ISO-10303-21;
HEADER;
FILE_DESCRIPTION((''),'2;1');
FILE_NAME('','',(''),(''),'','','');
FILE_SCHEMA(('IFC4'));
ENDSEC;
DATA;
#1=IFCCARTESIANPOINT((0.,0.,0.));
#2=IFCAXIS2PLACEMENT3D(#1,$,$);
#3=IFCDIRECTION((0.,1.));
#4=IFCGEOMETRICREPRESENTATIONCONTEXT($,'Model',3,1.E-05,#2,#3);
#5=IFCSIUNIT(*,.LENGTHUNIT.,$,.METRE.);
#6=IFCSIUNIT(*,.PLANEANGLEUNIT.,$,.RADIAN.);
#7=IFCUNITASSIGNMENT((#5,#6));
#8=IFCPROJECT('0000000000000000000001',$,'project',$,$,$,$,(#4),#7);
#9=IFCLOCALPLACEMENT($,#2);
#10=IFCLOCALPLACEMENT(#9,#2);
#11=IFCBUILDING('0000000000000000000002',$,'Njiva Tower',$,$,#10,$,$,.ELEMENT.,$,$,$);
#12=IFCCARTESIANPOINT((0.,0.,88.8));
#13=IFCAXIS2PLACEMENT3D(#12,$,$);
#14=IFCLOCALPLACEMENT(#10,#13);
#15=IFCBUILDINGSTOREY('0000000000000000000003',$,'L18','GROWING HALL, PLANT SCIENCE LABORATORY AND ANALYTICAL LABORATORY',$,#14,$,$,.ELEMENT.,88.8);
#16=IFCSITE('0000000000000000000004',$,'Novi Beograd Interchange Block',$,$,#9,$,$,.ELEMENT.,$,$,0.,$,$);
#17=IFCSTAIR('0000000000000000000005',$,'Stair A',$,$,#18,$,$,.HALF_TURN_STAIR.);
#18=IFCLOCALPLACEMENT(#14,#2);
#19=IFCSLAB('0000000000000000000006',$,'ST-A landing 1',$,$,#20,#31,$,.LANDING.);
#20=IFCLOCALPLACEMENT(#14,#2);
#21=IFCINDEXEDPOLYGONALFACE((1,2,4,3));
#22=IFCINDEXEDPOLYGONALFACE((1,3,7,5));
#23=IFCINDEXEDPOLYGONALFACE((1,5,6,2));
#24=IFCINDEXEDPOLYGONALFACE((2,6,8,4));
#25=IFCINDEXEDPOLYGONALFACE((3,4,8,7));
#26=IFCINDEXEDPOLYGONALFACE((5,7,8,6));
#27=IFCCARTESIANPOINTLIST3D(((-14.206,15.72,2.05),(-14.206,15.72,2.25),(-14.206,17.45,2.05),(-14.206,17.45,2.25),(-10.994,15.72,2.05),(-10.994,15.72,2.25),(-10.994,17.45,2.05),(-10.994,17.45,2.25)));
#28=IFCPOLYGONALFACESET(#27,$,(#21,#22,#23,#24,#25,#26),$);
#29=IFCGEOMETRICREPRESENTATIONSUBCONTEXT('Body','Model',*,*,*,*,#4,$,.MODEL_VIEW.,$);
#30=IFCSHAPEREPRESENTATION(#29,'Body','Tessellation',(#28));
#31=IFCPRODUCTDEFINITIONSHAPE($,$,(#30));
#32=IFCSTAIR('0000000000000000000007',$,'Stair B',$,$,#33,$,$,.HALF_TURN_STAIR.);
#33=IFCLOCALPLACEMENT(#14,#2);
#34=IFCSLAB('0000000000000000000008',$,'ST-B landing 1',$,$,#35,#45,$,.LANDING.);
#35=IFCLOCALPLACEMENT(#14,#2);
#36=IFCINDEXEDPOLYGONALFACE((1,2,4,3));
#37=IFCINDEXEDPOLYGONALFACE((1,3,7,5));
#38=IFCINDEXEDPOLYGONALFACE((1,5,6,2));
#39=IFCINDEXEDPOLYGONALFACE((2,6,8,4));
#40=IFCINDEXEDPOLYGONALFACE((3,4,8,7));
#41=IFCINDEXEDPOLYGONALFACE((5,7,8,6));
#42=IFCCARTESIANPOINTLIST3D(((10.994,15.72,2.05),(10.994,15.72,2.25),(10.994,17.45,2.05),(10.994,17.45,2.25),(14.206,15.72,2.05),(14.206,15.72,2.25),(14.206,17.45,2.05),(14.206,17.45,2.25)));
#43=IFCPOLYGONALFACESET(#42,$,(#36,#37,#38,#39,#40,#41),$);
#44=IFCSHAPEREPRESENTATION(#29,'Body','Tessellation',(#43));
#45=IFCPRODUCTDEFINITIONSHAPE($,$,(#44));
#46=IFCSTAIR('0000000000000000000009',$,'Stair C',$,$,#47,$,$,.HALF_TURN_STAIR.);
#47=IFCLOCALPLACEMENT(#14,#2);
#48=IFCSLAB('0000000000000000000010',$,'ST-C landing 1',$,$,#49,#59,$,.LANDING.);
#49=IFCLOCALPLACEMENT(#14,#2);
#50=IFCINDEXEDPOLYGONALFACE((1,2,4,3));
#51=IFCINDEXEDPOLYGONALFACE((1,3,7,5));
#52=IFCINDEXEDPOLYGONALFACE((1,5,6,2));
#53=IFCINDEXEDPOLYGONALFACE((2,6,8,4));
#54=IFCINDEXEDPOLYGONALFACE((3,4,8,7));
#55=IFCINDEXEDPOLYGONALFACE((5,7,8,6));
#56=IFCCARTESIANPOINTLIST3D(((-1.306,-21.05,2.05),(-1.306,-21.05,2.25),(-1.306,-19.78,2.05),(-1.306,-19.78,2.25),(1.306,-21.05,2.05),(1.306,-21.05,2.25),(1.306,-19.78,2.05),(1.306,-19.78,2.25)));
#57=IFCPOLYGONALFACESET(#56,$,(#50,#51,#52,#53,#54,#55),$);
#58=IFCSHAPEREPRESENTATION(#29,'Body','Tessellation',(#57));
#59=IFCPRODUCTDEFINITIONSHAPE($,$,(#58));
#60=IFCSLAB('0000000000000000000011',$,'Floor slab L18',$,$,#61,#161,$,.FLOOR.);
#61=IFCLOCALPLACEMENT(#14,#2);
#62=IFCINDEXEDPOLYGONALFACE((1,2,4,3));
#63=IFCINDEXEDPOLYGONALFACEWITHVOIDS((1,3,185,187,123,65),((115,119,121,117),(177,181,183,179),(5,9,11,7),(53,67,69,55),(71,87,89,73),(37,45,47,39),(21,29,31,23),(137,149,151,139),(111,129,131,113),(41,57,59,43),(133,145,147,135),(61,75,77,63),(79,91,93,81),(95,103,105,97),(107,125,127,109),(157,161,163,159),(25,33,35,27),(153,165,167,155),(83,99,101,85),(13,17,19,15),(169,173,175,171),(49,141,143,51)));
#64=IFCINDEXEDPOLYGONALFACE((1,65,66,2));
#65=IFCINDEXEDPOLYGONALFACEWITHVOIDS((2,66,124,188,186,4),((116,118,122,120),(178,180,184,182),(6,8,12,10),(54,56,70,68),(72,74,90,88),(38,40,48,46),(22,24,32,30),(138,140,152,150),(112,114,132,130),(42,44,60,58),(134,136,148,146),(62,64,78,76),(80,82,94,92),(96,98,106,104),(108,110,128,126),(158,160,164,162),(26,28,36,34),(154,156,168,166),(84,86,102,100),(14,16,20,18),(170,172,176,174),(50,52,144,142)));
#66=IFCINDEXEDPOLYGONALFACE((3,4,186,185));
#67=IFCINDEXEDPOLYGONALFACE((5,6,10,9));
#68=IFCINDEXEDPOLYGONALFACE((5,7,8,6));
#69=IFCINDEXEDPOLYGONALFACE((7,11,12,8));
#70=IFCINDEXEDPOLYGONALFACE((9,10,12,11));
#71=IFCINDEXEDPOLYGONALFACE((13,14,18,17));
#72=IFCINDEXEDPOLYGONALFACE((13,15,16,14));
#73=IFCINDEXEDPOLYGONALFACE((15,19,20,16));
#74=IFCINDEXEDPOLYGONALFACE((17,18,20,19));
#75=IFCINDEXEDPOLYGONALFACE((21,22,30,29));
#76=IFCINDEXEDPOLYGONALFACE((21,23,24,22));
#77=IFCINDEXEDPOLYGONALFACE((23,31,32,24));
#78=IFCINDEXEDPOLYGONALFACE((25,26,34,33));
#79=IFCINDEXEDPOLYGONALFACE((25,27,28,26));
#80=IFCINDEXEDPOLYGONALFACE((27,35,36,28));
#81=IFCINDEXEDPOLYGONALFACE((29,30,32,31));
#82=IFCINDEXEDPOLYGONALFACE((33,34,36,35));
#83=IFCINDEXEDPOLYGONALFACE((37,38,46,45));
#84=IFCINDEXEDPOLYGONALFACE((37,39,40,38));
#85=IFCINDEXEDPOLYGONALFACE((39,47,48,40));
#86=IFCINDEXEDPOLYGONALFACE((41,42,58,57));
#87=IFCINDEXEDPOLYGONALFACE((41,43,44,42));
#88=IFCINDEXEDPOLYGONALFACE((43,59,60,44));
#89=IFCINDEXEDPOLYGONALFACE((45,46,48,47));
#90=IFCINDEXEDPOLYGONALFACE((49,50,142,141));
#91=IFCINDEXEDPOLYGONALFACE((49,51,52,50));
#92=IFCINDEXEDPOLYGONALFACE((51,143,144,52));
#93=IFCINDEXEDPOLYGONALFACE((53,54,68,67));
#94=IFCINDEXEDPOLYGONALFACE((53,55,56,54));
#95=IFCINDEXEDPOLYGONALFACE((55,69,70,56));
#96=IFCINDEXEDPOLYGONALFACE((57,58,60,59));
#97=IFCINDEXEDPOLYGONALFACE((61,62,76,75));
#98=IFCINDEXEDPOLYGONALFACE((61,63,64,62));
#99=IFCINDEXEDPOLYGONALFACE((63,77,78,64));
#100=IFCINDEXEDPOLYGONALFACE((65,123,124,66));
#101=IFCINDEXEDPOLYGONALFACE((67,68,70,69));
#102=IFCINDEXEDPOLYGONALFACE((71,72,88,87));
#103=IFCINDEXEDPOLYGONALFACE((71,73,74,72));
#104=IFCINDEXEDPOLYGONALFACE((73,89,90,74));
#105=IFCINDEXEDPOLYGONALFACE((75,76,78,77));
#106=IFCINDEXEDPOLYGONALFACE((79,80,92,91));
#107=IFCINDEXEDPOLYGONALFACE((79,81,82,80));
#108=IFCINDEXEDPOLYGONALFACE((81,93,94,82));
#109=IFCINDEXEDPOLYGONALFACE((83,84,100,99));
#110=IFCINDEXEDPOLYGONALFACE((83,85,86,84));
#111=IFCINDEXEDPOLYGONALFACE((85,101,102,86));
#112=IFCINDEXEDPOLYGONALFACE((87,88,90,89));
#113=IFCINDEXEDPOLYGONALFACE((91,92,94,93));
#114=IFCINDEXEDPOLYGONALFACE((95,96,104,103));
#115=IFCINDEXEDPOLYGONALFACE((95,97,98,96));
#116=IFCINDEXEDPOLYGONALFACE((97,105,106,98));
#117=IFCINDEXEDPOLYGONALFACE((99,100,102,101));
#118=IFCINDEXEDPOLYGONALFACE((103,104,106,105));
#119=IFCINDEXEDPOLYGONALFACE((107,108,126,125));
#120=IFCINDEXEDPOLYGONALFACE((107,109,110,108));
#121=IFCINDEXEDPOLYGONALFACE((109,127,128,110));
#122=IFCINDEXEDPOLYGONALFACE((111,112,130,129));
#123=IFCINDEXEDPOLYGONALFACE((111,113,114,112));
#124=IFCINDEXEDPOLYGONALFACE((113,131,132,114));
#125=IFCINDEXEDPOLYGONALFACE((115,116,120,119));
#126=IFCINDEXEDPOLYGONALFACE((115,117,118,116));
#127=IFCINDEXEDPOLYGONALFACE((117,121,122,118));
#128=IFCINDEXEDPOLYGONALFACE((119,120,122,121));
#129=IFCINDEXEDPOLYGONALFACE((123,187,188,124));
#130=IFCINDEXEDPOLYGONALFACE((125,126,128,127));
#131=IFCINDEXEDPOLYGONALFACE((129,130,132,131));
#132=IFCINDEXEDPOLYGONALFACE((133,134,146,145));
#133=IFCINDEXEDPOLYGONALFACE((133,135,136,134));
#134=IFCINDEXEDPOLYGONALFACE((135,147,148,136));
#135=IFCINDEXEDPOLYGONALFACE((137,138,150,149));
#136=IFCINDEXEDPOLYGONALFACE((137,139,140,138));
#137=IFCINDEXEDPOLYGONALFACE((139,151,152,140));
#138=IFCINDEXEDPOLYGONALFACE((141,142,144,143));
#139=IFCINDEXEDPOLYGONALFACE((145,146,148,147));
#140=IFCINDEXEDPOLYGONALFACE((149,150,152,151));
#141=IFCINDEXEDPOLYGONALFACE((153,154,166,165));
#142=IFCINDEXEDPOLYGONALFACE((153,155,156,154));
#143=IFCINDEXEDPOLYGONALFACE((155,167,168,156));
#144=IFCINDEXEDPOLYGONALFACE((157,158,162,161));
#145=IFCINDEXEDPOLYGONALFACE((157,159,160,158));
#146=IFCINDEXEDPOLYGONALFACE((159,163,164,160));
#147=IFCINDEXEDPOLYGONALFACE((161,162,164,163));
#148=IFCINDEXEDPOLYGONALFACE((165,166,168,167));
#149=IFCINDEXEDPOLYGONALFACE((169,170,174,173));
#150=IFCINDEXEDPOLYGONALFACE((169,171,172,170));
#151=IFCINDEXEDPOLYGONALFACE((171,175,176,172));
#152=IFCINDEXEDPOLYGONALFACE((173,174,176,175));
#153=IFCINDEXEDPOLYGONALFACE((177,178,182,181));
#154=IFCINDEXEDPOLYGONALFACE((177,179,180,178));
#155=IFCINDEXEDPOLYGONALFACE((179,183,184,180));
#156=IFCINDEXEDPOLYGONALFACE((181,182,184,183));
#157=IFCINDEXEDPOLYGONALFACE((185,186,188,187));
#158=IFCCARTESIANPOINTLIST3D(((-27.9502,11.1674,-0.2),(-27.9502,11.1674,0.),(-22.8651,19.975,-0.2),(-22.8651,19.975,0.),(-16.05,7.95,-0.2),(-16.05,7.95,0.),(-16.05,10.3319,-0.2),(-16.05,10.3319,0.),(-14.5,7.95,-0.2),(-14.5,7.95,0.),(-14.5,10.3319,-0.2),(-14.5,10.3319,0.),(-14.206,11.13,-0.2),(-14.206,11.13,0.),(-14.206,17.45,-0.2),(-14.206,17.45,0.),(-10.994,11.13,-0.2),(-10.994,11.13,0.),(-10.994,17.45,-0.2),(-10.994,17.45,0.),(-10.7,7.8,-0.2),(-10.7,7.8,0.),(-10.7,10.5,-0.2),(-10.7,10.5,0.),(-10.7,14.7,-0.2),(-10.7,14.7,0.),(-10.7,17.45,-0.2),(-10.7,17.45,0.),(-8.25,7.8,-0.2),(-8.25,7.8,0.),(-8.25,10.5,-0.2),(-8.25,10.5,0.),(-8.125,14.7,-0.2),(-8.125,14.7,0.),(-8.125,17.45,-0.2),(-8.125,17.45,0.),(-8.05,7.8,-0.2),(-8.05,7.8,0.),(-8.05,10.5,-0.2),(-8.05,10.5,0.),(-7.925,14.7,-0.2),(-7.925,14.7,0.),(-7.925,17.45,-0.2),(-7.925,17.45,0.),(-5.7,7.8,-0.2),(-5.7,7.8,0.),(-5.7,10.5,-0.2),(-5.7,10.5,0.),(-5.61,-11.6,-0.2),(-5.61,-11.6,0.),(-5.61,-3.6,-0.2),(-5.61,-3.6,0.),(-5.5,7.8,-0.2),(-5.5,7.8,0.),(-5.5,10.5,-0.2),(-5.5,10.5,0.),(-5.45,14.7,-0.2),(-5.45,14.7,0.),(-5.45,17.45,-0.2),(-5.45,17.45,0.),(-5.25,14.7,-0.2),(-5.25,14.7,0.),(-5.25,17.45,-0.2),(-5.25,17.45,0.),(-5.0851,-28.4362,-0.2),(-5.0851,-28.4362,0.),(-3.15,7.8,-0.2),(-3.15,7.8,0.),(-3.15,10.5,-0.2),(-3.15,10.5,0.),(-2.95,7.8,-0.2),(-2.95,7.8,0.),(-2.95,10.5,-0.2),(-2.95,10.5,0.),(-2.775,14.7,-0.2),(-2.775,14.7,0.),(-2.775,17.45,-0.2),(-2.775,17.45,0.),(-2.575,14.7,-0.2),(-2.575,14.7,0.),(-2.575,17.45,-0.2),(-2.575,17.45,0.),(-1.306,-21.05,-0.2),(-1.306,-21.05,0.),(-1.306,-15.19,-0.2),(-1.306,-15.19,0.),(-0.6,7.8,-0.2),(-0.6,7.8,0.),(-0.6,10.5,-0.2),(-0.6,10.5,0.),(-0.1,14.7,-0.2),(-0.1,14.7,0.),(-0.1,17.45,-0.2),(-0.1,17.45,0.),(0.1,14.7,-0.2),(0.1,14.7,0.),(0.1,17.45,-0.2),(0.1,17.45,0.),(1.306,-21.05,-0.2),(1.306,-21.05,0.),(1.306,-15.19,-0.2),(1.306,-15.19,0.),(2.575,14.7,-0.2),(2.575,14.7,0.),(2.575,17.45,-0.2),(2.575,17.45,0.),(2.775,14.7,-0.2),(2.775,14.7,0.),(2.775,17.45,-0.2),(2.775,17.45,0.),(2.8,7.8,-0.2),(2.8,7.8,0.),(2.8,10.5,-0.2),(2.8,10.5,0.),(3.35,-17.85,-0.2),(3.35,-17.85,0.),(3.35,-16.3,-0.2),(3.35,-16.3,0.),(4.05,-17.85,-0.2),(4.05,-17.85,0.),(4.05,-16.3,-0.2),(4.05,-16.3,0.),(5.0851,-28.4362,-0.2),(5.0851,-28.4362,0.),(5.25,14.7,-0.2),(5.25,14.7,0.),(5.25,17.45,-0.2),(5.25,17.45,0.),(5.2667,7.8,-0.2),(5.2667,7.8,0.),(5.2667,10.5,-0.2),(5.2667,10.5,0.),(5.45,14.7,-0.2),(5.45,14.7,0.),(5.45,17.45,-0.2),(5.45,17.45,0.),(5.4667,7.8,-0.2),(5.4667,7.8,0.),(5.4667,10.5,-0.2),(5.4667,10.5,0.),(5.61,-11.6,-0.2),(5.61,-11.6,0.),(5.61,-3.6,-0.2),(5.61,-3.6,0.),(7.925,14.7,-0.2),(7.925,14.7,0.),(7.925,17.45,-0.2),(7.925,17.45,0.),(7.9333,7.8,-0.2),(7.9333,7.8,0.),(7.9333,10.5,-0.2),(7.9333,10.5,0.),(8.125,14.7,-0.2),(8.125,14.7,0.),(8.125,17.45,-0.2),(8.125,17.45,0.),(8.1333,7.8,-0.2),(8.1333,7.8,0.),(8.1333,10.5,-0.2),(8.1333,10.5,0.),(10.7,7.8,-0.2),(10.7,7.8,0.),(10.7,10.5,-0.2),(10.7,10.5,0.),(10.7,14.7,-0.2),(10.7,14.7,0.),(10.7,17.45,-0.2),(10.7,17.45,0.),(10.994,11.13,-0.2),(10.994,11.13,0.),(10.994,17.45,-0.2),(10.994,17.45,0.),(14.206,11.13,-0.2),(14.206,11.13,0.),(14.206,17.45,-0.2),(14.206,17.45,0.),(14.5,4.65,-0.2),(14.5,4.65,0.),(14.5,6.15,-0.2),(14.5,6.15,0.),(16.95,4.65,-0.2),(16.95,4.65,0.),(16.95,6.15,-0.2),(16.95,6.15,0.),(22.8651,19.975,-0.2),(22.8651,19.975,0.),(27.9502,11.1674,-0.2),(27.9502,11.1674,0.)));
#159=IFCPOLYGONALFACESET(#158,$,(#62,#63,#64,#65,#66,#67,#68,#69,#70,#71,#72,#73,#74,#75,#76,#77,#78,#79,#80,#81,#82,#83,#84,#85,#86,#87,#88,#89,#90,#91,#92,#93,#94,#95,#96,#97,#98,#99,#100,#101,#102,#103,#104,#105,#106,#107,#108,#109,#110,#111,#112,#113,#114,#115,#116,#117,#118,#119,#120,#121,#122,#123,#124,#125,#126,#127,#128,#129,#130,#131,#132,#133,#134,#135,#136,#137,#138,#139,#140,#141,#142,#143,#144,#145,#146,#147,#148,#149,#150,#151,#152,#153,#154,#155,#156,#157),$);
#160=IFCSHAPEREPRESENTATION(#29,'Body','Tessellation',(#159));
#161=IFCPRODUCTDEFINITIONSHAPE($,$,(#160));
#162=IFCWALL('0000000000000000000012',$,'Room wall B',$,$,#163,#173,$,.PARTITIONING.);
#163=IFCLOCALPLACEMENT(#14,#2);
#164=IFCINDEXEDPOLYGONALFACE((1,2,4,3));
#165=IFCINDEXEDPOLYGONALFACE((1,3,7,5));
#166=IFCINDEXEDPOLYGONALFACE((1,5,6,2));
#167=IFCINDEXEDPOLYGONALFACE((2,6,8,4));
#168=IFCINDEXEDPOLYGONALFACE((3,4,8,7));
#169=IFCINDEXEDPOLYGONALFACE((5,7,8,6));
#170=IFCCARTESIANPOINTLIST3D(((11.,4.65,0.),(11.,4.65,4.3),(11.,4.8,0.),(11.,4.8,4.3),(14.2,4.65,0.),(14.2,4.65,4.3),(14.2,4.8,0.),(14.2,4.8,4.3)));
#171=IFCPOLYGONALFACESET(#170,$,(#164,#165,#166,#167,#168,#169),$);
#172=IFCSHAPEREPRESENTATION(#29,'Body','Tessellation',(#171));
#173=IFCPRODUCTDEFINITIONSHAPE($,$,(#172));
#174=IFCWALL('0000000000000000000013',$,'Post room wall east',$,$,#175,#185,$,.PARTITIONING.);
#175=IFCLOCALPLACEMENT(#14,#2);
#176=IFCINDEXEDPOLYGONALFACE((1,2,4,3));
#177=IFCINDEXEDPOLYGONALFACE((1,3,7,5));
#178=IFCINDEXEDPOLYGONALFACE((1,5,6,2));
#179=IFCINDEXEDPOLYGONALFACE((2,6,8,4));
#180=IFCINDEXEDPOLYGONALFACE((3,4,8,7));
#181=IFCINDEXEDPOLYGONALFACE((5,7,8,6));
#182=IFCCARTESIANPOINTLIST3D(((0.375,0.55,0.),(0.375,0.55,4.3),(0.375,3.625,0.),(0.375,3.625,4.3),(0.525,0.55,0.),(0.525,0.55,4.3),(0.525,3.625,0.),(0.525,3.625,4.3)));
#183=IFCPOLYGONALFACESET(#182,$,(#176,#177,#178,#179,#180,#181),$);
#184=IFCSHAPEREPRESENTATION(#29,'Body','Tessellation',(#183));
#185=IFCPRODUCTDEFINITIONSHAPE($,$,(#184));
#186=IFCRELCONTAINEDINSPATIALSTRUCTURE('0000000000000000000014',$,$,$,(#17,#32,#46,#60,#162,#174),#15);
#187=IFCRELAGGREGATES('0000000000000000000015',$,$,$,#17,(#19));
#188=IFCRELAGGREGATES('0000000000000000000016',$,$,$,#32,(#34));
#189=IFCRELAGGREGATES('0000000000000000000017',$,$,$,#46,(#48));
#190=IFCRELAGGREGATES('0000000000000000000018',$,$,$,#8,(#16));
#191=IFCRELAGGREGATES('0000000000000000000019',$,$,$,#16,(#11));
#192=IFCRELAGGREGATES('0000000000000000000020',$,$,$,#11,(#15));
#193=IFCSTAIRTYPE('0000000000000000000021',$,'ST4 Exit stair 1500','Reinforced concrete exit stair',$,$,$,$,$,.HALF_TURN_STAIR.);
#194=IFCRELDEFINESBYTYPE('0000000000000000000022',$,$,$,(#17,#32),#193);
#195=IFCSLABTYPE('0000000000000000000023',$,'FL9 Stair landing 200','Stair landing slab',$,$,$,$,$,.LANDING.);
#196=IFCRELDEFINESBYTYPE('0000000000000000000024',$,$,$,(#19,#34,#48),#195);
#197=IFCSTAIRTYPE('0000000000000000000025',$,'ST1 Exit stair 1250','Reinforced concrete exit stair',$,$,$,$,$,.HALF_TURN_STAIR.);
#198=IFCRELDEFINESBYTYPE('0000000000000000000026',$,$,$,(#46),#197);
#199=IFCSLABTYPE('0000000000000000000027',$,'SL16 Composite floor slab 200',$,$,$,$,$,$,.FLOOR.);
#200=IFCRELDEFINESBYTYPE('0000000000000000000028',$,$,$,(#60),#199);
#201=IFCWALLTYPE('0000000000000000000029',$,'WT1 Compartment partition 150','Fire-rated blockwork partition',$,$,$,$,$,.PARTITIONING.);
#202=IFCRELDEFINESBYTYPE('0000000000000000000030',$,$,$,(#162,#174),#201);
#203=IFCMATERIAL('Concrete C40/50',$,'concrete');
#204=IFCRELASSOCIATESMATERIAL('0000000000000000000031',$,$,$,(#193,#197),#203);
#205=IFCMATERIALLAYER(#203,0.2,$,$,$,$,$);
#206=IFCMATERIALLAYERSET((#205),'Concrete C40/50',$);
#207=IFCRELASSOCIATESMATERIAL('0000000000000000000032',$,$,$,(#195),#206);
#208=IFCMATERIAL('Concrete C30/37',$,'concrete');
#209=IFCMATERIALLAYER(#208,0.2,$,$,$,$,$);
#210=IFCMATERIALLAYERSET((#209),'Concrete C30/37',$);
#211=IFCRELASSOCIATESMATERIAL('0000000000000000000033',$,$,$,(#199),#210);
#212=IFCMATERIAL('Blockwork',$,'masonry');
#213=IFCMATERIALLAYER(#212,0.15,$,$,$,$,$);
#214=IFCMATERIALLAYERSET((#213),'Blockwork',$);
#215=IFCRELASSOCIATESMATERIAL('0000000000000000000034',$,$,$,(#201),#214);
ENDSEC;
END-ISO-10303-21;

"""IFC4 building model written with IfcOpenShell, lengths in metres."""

from ifc_helpers import new_model, si_unit, direction, frame, frame_2d, origin, place, context, subcontext, project, spatial, polyline, rectangle, outline, extrude, material, layer, layer_set, type_object, element, aggregate, save


model = new_model("IFC4")

# Units and contexts
model_context = context("Model", 3, precision=1e-05, world=origin(), true_north=direction((0.0, 1.0)))
body_context = subcontext(model_context, "Body", "Model", "MODEL_VIEW")
ifc_project = project(units=[si_unit("LENGTHUNIT", "METRE"), si_unit("PLANEANGLEUNIT", "RADIAN")], contexts=[model_context])

# Site, building, storey
site_placement = place(None, origin())
site = spatial("IfcSite", under=ifc_project, at=site_placement, Name="Novi Beograd Interchange Block", CompositionType="ELEMENT", RefElevation=0.0)
building_placement = place(site_placement, origin())
building = spatial("IfcBuilding", under=site, at=building_placement, Name="Njiva Tower", CompositionType="ELEMENT")
storey_placement = place(building_placement, frame((0.0, 0.0, 88.8)))
storey = spatial("IfcBuildingStorey", under=building, at=storey_placement, Name="L18", Description="GROWING HALL, PLANT SCIENCE LABORATORY AND ANALYTICAL LABORATORY", CompositionType="ELEMENT", Elevation=88.8)

# Stairs, slabs
ifc_material_1 = material(Name="Concrete C40/50", Category="concrete")
stair_type_1 = type_object("IfcStairType", Name="ST4 Exit stair 1500", Description="Reinforced concrete exit stair", PredefinedType="HALF_TURN_STAIR", material=ifc_material_1)
stair_1_placement = place(storey_placement, origin())
stair_1 = element("IfcStair", 1, at=stair_1_placement, inside=storey, type_object=stair_type_1, Name="Stair A", PredefinedType="HALF_TURN_STAIR")
ifc_layer_1 = layer(ifc_material_1, 0.2)
ifc_layer_set_1 = layer_set([ifc_layer_1], Name="Concrete C40/50")
slab_type_1 = type_object("IfcSlabType", Name="FL9 Stair landing 200", Description="Stair landing slab", PredefinedType="LANDING", material=ifc_layer_set_1)
slab_1_placement = place(storey_placement, frame((0.0, 0.0, 2.05)))
slab_1 = element("IfcSlab", 2, at=slab_1_placement, type_object=slab_type_1, Name="ST-A landing 1", PredefinedType="LANDING", context=body_context, shape_type="SweptSolid", body=[
    extrude(outline(polyline([(-14.206, 15.72), (-10.994, 15.72), (-10.994, 17.45), (-14.206, 17.45), (-14.206, 15.72)])), origin(), (0.0, 0.0, 1.0), 0.2),
])
aggregate(stair_1, [slab_1])
stair_2_placement = place(storey_placement, origin())
stair_2 = element("IfcStair", 3, at=stair_2_placement, inside=storey, type_object=stair_type_1, Name="Stair B", PredefinedType="HALF_TURN_STAIR")
slab_2_placement = place(storey_placement, frame((0.0, 0.0, 2.05)))
slab_2 = element("IfcSlab", 4, at=slab_2_placement, type_object=slab_type_1, Name="ST-B landing 1", PredefinedType="LANDING", context=body_context, shape_type="SweptSolid", body=[
    extrude(outline(polyline([(10.994, 15.72), (14.206, 15.72), (14.206, 17.45), (10.994, 17.45), (10.994, 15.72)])), origin(), (0.0, 0.0, 1.0), 0.2),
])
aggregate(stair_2, [slab_2])
stair_type_2 = type_object("IfcStairType", Name="ST1 Exit stair 1250", Description="Reinforced concrete exit stair", PredefinedType="HALF_TURN_STAIR", material=ifc_material_1)
stair_3_placement = place(storey_placement, origin())
stair_3 = element("IfcStair", 5, at=stair_3_placement, inside=storey, type_object=stair_type_2, Name="Stair C", PredefinedType="HALF_TURN_STAIR")
slab_3_placement = place(storey_placement, frame((0.0, 0.0, 2.05)))
slab_3 = element("IfcSlab", 6, at=slab_3_placement, type_object=slab_type_1, Name="ST-C landing 1", PredefinedType="LANDING", context=body_context, shape_type="SweptSolid", body=[
    extrude(outline(polyline([(-1.306, -21.05), (1.306, -21.05), (1.306, -19.78), (-1.306, -19.78), (-1.306, -21.05)])), origin(), (0.0, 0.0, 1.0), 0.2),
])
aggregate(stair_3, [slab_3])

# Slab
ifc_material_2 = material(Name="Concrete C30/37", Category="concrete")
ifc_layer_2 = layer(ifc_material_2, 0.2)
ifc_layer_set_2 = layer_set([ifc_layer_2], Name="Concrete C30/37")
slab_type_2 = type_object("IfcSlabType", Name="SL16 Composite floor slab 200", PredefinedType="FLOOR", material=ifc_layer_set_2)
slab_4_placement = place(storey_placement, frame((0.0, 0.0, -0.2)))
element("IfcSlab", 7, at=slab_4_placement, inside=storey, type_object=slab_type_2, Name="Floor slab L18", PredefinedType="FLOOR", context=body_context, shape_type="SweptSolid", body=[
    extrude(outline(polyline([(27.9502, 11.1674), (5.0851, -28.4362), (-5.0851, -28.4362), (-27.9502, 11.1674), (-22.8651, 19.975), (22.8651, 19.975), (27.9502, 11.1674)]), holes=[polyline([(14.5, 4.65), (16.95, 4.65), (16.95, 6.15), (14.5, 6.15), (14.5, 4.65)]), polyline([(10.994, 17.45), (10.994, 11.13), (14.206, 11.13), (14.206, 17.45), (10.994, 17.45)]), polyline([(8.125, 17.45), (8.125, 14.7), (10.7, 14.7), (10.7, 17.45), (8.125, 17.45)]), polyline([(8.1333, 7.8), (10.7, 7.8), (10.7, 10.5), (8.1333, 10.5), (8.1333, 7.8)]), polyline([(5.4667, 10.5), (5.4667, 7.8), (7.9333, 7.8), (7.9333, 10.5), (5.4667, 10.5)]), polyline([(5.45, 17.45), (5.45, 14.7), (7.925, 14.7), (7.925, 17.45), (5.45, 17.45)]), polyline([(5.61, -11.6), (5.61, -3.6), (-5.61, -3.6), (-5.61, -11.6), (5.61, -11.6)]), polyline([(2.8, 10.5), (2.8, 7.8), (5.2667, 7.8), (5.2667, 10.5), (2.8, 10.5)]), polyline([(2.775, 14.7), (5.25, 14.7), (5.25, 17.45), (2.775, 17.45), (2.775, 14.7)]), polyline([(3.35, -17.85), (4.05, -17.85), (4.05, -16.3), (3.35, -16.3), (3.35, -17.85)]), polyline([(0.1, 17.45), (0.1, 14.7), (2.575, 14.7), (2.575, 17.45), (0.1, 17.45)]), polyline([(-1.306, -21.05), (1.306, -21.05), (1.306, -15.19), (-1.306, -15.19), (-1.306, -21.05)]), polyline([(-2.575, 17.45), (-2.575, 14.7), (-0.1, 14.7), (-0.1, 17.45), (-2.575, 17.45)]), polyline([(-2.95, 7.8), (-0.6, 7.8), (-0.6, 10.5), (-2.95, 10.5), (-2.95, 7.8)]), polyline([(-5.25, 17.45), (-5.25, 14.7), (-2.775, 14.7), (-2.775, 17.45), (-5.25, 17.45)]), polyline([(-5.5, 10.5), (-5.5, 7.8), (-3.15, 7.8), (-3.15, 10.5), (-5.5, 10.5)]), polyline([(-7.925, 14.7), (-5.45, 14.7), (-5.45, 17.45), (-7.925, 17.45), (-7.925, 14.7)]), polyline([(-8.05, 10.5), (-8.05, 7.8), (-5.7, 7.8), (-5.7, 10.5), (-8.05, 10.5)]), polyline([(-10.7, 17.45), (-10.7, 14.7), (-8.125, 14.7), (-8.125, 17.45), (-10.7, 17.45)]), polyline([(-10.7, 7.8), (-8.25, 7.8), (-8.25, 10.5), (-10.7, 10.5), (-10.7, 7.8)]), polyline([(-14.206, 17.45), (-14.206, 11.13), (-10.994, 11.13), (-10.994, 17.45), (-14.206, 17.45)]), polyline([(-14.5, 10.3319), (-16.05, 10.3319), (-16.05, 7.95), (-14.5, 7.95), (-14.5, 10.3319)])]), origin(), (0.0, 0.0, 1.0), 0.2),
])

# Walls
ifc_material_3 = material(Name="Blockwork", Category="masonry")
ifc_layer_3 = layer(ifc_material_3, 0.15)
ifc_layer_set_3 = layer_set([ifc_layer_3], Name="Blockwork")
wall_type_1 = type_object("IfcWallType", Name="WT1 Compartment partition 150", Description="Fire-rated blockwork partition", PredefinedType="PARTITIONING", material=ifc_layer_set_3)
wall_1_placement = place(storey_placement, frame((11.0, 4.725, 0.0), z_axis=(0.0, 0.0, 1.0), x_axis=(1.0, 0.0, 0.0)))
element("IfcWall", 8, at=wall_1_placement, inside=storey, type_object=wall_type_1, Name="Room wall B", PredefinedType="PARTITIONING", context=body_context, shape_type="SweptSolid", body=[
    extrude(rectangle(XDim=3.2, YDim=0.15, at=frame_2d((1.6, 0.0))), origin(), (0.0, 0.0, 1.0), 4.3),
])
wall_2_placement = place(storey_placement, frame((0.45, 0.55, 0.0), z_axis=(0.0, 0.0, 1.0), x_axis=(0.0, 1.0, 0.0)))
element("IfcWall", 9, at=wall_2_placement, inside=storey, type_object=wall_type_1, Name="Post room wall east", PredefinedType="PARTITIONING", context=body_context, shape_type="SweptSolid", body=[
    extrude(rectangle(XDim=3.075, YDim=0.15, at=frame_2d((1.5375, 0.0))), origin(), (0.0, 0.0, 1.0), 4.3),
])

save(model, "model.ifc")
